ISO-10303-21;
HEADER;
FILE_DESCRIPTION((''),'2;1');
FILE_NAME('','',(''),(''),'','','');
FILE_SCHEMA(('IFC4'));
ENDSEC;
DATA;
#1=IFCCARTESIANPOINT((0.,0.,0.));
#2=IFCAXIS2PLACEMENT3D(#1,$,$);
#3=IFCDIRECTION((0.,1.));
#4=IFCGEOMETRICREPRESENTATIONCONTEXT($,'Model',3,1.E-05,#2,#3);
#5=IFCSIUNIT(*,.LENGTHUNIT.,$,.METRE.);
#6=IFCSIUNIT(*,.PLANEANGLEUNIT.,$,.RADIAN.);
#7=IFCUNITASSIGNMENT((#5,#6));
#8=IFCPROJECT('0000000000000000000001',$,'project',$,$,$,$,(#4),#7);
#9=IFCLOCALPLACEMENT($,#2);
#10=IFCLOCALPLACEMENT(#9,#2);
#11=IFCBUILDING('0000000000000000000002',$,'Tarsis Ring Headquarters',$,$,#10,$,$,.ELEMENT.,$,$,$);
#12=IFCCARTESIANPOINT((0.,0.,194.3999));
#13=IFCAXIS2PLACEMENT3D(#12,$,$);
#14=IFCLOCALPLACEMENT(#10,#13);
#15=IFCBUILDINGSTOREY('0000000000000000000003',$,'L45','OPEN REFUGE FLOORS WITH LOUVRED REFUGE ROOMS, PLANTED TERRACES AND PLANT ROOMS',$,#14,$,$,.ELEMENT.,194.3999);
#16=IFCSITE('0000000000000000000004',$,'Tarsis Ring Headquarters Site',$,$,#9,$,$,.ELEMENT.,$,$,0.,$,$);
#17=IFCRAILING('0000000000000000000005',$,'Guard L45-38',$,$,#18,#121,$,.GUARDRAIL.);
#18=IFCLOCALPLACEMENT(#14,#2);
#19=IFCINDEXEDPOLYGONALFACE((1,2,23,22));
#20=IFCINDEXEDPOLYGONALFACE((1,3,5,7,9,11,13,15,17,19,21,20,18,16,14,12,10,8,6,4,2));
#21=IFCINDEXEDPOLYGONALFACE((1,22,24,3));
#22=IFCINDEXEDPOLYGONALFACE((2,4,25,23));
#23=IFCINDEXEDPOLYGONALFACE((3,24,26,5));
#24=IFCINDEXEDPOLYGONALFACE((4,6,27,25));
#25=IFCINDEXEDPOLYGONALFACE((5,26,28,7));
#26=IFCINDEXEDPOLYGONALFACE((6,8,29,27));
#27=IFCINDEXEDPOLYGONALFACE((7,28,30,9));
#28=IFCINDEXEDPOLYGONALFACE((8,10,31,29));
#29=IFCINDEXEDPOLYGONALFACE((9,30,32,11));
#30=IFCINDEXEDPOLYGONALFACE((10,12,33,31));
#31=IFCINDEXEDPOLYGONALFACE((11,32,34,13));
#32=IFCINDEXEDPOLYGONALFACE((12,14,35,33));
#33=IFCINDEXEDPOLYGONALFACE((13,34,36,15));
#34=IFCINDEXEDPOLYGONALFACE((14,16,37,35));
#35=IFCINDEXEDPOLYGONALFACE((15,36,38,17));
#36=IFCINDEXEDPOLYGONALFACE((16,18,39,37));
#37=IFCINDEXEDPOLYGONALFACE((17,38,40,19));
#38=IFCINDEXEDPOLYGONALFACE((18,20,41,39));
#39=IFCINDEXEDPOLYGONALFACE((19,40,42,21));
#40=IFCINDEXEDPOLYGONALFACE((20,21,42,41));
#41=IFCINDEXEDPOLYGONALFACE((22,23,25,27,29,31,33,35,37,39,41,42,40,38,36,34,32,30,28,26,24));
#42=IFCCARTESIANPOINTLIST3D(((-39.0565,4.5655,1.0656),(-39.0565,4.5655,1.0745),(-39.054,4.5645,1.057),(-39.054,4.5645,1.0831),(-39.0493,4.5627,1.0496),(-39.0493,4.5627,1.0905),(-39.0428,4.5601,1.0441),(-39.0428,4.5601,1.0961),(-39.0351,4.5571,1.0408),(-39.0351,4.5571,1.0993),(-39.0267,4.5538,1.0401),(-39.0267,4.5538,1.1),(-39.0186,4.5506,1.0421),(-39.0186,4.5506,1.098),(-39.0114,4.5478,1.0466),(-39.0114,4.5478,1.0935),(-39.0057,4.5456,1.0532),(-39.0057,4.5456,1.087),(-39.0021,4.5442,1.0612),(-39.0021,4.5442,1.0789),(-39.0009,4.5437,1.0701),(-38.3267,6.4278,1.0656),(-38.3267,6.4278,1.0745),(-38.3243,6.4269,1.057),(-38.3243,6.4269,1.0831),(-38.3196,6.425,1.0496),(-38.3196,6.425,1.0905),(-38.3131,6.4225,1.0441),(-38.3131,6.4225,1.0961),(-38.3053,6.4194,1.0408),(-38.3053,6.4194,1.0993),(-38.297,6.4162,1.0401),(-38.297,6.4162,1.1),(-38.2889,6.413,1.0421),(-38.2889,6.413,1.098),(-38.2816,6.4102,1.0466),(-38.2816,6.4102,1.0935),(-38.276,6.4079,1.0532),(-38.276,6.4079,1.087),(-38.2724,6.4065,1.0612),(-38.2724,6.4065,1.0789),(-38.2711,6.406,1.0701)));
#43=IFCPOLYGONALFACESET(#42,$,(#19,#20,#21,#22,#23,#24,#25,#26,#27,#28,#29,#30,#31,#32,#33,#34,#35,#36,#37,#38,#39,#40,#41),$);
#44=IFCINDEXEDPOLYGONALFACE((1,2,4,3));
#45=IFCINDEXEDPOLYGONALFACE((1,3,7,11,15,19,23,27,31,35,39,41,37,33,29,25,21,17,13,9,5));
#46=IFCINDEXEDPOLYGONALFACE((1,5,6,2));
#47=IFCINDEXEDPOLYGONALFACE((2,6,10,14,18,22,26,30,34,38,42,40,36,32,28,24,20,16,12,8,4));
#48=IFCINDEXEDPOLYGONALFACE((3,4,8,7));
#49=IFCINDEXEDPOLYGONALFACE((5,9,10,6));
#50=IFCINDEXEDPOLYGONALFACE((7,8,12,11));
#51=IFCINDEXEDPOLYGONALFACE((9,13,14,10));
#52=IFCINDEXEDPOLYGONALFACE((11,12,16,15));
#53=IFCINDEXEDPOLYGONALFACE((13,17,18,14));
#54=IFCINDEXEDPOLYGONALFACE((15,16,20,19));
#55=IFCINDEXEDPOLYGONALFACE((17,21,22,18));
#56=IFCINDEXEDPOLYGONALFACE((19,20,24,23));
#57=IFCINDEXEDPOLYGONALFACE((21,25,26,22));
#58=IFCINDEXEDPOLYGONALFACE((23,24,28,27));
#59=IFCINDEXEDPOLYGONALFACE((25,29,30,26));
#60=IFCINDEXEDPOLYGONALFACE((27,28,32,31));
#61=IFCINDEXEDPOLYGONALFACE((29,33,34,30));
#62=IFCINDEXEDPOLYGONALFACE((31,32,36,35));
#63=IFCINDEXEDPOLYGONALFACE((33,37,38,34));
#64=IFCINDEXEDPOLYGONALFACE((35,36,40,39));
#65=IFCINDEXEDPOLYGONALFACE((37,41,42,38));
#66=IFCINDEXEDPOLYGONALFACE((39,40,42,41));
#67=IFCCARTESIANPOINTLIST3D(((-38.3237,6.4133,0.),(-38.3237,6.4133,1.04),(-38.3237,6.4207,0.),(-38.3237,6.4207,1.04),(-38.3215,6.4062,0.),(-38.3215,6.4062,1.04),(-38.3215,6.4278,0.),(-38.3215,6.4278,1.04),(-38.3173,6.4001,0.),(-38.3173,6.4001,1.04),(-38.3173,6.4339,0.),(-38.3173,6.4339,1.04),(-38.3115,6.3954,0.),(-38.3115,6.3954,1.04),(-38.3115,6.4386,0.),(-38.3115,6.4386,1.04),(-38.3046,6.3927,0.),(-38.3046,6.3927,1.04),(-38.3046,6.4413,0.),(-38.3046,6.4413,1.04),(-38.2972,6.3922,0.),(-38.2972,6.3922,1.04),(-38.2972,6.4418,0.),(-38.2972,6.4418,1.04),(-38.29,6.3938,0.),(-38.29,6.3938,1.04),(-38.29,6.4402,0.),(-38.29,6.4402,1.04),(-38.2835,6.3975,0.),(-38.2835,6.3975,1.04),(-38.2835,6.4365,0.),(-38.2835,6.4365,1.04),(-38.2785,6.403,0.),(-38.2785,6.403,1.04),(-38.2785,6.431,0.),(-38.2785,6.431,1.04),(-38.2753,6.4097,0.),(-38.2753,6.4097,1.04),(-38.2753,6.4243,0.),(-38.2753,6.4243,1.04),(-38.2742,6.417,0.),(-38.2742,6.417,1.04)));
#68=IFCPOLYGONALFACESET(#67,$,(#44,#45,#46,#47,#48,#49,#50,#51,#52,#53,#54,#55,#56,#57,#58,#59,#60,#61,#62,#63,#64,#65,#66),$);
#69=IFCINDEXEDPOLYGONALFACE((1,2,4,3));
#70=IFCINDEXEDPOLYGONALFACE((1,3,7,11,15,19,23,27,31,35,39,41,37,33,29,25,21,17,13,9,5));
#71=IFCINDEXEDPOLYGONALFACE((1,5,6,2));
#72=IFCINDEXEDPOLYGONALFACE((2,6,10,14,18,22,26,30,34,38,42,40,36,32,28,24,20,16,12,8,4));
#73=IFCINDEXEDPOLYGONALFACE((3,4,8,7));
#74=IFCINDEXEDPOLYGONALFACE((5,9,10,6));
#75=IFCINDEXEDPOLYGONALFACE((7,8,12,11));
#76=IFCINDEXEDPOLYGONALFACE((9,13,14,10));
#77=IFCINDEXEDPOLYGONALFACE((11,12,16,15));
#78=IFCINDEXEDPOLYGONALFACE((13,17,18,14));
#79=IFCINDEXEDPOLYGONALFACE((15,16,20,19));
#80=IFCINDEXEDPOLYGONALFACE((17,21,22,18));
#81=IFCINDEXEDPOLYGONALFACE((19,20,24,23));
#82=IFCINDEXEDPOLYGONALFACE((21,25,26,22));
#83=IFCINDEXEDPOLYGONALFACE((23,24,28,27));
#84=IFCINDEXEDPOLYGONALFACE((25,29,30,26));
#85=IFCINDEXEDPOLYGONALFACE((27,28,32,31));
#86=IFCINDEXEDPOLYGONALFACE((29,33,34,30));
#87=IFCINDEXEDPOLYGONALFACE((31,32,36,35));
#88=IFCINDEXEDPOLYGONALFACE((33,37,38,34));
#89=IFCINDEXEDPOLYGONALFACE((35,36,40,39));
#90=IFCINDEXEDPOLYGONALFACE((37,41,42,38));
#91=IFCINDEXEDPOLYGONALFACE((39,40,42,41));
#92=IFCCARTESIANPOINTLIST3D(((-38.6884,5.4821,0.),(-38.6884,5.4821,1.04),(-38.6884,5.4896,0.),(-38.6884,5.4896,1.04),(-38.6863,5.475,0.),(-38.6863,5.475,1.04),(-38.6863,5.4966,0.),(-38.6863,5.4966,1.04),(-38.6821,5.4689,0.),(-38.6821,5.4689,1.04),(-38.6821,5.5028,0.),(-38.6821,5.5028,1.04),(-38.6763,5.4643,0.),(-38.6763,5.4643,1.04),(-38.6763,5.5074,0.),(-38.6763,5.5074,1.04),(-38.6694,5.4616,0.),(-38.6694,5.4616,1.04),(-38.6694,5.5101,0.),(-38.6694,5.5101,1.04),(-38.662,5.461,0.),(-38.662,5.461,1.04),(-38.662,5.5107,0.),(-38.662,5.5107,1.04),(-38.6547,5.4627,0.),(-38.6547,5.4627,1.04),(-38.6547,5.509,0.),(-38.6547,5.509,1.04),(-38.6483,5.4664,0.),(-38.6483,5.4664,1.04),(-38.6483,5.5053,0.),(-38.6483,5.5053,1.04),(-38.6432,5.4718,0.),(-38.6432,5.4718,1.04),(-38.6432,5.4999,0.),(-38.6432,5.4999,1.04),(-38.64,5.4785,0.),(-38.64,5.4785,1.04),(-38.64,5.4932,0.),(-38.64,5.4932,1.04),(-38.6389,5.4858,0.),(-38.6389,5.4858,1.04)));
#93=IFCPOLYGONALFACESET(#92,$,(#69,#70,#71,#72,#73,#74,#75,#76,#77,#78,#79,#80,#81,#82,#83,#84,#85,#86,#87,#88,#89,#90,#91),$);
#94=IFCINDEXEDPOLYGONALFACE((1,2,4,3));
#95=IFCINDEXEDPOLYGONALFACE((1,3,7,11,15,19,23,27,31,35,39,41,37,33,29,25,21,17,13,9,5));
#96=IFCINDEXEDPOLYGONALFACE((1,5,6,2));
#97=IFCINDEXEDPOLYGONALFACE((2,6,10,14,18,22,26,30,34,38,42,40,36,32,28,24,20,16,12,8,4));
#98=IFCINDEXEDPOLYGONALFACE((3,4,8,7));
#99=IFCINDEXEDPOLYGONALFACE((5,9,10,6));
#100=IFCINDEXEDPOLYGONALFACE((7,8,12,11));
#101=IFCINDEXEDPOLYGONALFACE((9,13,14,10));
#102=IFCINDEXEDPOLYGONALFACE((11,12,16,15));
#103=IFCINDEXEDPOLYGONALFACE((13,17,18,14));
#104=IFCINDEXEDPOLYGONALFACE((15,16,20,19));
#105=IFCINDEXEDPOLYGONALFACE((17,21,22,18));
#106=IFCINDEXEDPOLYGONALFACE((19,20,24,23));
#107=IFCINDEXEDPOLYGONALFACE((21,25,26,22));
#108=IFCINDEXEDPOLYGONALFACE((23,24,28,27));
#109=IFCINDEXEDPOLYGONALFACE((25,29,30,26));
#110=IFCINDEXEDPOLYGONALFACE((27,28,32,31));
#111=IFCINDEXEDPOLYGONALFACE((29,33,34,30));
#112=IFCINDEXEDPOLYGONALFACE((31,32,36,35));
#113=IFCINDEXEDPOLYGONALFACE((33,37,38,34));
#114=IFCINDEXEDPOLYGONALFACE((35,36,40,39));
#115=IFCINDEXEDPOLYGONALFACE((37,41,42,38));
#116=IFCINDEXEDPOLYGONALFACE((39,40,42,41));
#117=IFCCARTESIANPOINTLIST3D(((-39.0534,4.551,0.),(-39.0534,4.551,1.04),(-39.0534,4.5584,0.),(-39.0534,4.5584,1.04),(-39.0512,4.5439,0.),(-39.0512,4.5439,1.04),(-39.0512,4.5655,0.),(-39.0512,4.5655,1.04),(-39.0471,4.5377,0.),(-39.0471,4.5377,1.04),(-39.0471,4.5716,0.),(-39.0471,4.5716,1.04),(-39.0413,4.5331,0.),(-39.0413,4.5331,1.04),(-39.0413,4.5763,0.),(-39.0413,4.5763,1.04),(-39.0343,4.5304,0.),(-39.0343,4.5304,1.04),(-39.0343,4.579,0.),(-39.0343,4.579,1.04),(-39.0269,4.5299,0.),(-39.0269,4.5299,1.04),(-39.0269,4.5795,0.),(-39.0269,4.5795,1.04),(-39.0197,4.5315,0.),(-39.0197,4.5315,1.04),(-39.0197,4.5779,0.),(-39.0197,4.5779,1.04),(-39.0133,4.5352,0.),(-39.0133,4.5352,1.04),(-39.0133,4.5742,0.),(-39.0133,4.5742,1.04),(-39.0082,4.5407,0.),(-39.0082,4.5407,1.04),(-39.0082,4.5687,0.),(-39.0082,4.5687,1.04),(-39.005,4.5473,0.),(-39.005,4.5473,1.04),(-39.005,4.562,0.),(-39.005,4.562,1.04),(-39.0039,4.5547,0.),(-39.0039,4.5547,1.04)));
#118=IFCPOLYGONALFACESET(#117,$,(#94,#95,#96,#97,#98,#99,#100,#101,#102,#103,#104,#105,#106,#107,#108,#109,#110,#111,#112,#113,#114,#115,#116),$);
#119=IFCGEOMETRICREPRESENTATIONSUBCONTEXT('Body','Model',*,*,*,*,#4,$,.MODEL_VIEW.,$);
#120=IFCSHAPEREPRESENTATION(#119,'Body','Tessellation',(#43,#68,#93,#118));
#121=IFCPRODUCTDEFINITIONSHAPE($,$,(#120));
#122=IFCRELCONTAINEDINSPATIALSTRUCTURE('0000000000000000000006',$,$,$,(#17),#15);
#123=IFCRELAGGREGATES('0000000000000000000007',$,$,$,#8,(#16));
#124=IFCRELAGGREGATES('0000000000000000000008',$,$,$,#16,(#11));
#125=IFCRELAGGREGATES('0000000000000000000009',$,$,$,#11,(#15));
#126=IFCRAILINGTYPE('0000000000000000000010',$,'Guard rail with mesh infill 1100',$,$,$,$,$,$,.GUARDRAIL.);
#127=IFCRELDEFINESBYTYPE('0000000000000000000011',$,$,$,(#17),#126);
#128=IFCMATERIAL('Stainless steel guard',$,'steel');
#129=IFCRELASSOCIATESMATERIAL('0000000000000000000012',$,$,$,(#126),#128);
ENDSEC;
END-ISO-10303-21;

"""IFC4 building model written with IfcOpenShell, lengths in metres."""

from ifc_helpers import new_model, si_unit, direction, frame, origin, origin_2d, place, context, subcontext, project, spatial, circle, extrude, material, type_object, element, save


model = new_model("IFC4")

# Units and contexts
model_context = context("Model", 3, precision=1e-05, world=origin(), true_north=direction((0.0, 1.0)))
body_context = subcontext(model_context, "Body", "Model", "MODEL_VIEW")
ifc_project = project(units=[si_unit("LENGTHUNIT", "METRE"), si_unit("PLANEANGLEUNIT", "RADIAN")], contexts=[model_context])

# Site, building, storey
site_placement = place(None, origin())
site = spatial("IfcSite", under=ifc_project, at=site_placement, Name="Tarsis Ring Headquarters Site", CompositionType="ELEMENT", RefElevation=0.0)
building_placement = place(site_placement, origin())
building = spatial("IfcBuilding", under=site, at=building_placement, Name="Tarsis Ring Headquarters", CompositionType="ELEMENT")
storey_placement = place(building_placement, frame((0.0, 0.0, 194.3999)))
storey = spatial("IfcBuildingStorey", under=building, at=storey_placement, Name="L45", Description="OPEN REFUGE FLOORS WITH LOUVRED REFUGE ROOMS, PLANTED TERRACES AND PLANT ROOMS", CompositionType="ELEMENT", Elevation=194.3999)

# Railing
ifc_material_1 = material(Name="Stainless steel guard", Category="steel")
railing_type_1 = type_object("IfcRailingType", Name="Guard rail with mesh infill 1100", PredefinedType="GUARDRAIL", material=ifc_material_1)
railing_1_placement = place(storey_placement, frame((-38.2991, 6.417, 0.0)))
element("IfcRailing", 1, at=railing_1_placement, inside=storey, type_object=railing_type_1, Name="Guard L45-38", PredefinedType="GUARDRAIL", context=body_context, shape_type="SweptSolid", body=[
    extrude(circle(Radius=0.03, at=origin_2d()), frame((0.0, 0.0, 1.0701), z_axis=(-0.364837, -0.931072, 0.0), x_axis=(0.931072, -0.364837, 0.0)), (0.0, 0.0, 1.0), 2.0002),
    extrude(circle(Radius=0.0249, at=origin_2d()), origin(), (0.0, 0.0, 1.0), 1.04),
    extrude(circle(Radius=0.0249, at=origin_2d()), frame((-0.3647, -0.9312, 0.0)), (0.0, 0.0, 1.0), 1.04),
    extrude(circle(Radius=0.0249, at=origin_2d()), frame((-0.7297, -1.8623, 0.0)), (0.0, 0.0, 1.0), 1.04),
])

save(model, "model.ifc")
